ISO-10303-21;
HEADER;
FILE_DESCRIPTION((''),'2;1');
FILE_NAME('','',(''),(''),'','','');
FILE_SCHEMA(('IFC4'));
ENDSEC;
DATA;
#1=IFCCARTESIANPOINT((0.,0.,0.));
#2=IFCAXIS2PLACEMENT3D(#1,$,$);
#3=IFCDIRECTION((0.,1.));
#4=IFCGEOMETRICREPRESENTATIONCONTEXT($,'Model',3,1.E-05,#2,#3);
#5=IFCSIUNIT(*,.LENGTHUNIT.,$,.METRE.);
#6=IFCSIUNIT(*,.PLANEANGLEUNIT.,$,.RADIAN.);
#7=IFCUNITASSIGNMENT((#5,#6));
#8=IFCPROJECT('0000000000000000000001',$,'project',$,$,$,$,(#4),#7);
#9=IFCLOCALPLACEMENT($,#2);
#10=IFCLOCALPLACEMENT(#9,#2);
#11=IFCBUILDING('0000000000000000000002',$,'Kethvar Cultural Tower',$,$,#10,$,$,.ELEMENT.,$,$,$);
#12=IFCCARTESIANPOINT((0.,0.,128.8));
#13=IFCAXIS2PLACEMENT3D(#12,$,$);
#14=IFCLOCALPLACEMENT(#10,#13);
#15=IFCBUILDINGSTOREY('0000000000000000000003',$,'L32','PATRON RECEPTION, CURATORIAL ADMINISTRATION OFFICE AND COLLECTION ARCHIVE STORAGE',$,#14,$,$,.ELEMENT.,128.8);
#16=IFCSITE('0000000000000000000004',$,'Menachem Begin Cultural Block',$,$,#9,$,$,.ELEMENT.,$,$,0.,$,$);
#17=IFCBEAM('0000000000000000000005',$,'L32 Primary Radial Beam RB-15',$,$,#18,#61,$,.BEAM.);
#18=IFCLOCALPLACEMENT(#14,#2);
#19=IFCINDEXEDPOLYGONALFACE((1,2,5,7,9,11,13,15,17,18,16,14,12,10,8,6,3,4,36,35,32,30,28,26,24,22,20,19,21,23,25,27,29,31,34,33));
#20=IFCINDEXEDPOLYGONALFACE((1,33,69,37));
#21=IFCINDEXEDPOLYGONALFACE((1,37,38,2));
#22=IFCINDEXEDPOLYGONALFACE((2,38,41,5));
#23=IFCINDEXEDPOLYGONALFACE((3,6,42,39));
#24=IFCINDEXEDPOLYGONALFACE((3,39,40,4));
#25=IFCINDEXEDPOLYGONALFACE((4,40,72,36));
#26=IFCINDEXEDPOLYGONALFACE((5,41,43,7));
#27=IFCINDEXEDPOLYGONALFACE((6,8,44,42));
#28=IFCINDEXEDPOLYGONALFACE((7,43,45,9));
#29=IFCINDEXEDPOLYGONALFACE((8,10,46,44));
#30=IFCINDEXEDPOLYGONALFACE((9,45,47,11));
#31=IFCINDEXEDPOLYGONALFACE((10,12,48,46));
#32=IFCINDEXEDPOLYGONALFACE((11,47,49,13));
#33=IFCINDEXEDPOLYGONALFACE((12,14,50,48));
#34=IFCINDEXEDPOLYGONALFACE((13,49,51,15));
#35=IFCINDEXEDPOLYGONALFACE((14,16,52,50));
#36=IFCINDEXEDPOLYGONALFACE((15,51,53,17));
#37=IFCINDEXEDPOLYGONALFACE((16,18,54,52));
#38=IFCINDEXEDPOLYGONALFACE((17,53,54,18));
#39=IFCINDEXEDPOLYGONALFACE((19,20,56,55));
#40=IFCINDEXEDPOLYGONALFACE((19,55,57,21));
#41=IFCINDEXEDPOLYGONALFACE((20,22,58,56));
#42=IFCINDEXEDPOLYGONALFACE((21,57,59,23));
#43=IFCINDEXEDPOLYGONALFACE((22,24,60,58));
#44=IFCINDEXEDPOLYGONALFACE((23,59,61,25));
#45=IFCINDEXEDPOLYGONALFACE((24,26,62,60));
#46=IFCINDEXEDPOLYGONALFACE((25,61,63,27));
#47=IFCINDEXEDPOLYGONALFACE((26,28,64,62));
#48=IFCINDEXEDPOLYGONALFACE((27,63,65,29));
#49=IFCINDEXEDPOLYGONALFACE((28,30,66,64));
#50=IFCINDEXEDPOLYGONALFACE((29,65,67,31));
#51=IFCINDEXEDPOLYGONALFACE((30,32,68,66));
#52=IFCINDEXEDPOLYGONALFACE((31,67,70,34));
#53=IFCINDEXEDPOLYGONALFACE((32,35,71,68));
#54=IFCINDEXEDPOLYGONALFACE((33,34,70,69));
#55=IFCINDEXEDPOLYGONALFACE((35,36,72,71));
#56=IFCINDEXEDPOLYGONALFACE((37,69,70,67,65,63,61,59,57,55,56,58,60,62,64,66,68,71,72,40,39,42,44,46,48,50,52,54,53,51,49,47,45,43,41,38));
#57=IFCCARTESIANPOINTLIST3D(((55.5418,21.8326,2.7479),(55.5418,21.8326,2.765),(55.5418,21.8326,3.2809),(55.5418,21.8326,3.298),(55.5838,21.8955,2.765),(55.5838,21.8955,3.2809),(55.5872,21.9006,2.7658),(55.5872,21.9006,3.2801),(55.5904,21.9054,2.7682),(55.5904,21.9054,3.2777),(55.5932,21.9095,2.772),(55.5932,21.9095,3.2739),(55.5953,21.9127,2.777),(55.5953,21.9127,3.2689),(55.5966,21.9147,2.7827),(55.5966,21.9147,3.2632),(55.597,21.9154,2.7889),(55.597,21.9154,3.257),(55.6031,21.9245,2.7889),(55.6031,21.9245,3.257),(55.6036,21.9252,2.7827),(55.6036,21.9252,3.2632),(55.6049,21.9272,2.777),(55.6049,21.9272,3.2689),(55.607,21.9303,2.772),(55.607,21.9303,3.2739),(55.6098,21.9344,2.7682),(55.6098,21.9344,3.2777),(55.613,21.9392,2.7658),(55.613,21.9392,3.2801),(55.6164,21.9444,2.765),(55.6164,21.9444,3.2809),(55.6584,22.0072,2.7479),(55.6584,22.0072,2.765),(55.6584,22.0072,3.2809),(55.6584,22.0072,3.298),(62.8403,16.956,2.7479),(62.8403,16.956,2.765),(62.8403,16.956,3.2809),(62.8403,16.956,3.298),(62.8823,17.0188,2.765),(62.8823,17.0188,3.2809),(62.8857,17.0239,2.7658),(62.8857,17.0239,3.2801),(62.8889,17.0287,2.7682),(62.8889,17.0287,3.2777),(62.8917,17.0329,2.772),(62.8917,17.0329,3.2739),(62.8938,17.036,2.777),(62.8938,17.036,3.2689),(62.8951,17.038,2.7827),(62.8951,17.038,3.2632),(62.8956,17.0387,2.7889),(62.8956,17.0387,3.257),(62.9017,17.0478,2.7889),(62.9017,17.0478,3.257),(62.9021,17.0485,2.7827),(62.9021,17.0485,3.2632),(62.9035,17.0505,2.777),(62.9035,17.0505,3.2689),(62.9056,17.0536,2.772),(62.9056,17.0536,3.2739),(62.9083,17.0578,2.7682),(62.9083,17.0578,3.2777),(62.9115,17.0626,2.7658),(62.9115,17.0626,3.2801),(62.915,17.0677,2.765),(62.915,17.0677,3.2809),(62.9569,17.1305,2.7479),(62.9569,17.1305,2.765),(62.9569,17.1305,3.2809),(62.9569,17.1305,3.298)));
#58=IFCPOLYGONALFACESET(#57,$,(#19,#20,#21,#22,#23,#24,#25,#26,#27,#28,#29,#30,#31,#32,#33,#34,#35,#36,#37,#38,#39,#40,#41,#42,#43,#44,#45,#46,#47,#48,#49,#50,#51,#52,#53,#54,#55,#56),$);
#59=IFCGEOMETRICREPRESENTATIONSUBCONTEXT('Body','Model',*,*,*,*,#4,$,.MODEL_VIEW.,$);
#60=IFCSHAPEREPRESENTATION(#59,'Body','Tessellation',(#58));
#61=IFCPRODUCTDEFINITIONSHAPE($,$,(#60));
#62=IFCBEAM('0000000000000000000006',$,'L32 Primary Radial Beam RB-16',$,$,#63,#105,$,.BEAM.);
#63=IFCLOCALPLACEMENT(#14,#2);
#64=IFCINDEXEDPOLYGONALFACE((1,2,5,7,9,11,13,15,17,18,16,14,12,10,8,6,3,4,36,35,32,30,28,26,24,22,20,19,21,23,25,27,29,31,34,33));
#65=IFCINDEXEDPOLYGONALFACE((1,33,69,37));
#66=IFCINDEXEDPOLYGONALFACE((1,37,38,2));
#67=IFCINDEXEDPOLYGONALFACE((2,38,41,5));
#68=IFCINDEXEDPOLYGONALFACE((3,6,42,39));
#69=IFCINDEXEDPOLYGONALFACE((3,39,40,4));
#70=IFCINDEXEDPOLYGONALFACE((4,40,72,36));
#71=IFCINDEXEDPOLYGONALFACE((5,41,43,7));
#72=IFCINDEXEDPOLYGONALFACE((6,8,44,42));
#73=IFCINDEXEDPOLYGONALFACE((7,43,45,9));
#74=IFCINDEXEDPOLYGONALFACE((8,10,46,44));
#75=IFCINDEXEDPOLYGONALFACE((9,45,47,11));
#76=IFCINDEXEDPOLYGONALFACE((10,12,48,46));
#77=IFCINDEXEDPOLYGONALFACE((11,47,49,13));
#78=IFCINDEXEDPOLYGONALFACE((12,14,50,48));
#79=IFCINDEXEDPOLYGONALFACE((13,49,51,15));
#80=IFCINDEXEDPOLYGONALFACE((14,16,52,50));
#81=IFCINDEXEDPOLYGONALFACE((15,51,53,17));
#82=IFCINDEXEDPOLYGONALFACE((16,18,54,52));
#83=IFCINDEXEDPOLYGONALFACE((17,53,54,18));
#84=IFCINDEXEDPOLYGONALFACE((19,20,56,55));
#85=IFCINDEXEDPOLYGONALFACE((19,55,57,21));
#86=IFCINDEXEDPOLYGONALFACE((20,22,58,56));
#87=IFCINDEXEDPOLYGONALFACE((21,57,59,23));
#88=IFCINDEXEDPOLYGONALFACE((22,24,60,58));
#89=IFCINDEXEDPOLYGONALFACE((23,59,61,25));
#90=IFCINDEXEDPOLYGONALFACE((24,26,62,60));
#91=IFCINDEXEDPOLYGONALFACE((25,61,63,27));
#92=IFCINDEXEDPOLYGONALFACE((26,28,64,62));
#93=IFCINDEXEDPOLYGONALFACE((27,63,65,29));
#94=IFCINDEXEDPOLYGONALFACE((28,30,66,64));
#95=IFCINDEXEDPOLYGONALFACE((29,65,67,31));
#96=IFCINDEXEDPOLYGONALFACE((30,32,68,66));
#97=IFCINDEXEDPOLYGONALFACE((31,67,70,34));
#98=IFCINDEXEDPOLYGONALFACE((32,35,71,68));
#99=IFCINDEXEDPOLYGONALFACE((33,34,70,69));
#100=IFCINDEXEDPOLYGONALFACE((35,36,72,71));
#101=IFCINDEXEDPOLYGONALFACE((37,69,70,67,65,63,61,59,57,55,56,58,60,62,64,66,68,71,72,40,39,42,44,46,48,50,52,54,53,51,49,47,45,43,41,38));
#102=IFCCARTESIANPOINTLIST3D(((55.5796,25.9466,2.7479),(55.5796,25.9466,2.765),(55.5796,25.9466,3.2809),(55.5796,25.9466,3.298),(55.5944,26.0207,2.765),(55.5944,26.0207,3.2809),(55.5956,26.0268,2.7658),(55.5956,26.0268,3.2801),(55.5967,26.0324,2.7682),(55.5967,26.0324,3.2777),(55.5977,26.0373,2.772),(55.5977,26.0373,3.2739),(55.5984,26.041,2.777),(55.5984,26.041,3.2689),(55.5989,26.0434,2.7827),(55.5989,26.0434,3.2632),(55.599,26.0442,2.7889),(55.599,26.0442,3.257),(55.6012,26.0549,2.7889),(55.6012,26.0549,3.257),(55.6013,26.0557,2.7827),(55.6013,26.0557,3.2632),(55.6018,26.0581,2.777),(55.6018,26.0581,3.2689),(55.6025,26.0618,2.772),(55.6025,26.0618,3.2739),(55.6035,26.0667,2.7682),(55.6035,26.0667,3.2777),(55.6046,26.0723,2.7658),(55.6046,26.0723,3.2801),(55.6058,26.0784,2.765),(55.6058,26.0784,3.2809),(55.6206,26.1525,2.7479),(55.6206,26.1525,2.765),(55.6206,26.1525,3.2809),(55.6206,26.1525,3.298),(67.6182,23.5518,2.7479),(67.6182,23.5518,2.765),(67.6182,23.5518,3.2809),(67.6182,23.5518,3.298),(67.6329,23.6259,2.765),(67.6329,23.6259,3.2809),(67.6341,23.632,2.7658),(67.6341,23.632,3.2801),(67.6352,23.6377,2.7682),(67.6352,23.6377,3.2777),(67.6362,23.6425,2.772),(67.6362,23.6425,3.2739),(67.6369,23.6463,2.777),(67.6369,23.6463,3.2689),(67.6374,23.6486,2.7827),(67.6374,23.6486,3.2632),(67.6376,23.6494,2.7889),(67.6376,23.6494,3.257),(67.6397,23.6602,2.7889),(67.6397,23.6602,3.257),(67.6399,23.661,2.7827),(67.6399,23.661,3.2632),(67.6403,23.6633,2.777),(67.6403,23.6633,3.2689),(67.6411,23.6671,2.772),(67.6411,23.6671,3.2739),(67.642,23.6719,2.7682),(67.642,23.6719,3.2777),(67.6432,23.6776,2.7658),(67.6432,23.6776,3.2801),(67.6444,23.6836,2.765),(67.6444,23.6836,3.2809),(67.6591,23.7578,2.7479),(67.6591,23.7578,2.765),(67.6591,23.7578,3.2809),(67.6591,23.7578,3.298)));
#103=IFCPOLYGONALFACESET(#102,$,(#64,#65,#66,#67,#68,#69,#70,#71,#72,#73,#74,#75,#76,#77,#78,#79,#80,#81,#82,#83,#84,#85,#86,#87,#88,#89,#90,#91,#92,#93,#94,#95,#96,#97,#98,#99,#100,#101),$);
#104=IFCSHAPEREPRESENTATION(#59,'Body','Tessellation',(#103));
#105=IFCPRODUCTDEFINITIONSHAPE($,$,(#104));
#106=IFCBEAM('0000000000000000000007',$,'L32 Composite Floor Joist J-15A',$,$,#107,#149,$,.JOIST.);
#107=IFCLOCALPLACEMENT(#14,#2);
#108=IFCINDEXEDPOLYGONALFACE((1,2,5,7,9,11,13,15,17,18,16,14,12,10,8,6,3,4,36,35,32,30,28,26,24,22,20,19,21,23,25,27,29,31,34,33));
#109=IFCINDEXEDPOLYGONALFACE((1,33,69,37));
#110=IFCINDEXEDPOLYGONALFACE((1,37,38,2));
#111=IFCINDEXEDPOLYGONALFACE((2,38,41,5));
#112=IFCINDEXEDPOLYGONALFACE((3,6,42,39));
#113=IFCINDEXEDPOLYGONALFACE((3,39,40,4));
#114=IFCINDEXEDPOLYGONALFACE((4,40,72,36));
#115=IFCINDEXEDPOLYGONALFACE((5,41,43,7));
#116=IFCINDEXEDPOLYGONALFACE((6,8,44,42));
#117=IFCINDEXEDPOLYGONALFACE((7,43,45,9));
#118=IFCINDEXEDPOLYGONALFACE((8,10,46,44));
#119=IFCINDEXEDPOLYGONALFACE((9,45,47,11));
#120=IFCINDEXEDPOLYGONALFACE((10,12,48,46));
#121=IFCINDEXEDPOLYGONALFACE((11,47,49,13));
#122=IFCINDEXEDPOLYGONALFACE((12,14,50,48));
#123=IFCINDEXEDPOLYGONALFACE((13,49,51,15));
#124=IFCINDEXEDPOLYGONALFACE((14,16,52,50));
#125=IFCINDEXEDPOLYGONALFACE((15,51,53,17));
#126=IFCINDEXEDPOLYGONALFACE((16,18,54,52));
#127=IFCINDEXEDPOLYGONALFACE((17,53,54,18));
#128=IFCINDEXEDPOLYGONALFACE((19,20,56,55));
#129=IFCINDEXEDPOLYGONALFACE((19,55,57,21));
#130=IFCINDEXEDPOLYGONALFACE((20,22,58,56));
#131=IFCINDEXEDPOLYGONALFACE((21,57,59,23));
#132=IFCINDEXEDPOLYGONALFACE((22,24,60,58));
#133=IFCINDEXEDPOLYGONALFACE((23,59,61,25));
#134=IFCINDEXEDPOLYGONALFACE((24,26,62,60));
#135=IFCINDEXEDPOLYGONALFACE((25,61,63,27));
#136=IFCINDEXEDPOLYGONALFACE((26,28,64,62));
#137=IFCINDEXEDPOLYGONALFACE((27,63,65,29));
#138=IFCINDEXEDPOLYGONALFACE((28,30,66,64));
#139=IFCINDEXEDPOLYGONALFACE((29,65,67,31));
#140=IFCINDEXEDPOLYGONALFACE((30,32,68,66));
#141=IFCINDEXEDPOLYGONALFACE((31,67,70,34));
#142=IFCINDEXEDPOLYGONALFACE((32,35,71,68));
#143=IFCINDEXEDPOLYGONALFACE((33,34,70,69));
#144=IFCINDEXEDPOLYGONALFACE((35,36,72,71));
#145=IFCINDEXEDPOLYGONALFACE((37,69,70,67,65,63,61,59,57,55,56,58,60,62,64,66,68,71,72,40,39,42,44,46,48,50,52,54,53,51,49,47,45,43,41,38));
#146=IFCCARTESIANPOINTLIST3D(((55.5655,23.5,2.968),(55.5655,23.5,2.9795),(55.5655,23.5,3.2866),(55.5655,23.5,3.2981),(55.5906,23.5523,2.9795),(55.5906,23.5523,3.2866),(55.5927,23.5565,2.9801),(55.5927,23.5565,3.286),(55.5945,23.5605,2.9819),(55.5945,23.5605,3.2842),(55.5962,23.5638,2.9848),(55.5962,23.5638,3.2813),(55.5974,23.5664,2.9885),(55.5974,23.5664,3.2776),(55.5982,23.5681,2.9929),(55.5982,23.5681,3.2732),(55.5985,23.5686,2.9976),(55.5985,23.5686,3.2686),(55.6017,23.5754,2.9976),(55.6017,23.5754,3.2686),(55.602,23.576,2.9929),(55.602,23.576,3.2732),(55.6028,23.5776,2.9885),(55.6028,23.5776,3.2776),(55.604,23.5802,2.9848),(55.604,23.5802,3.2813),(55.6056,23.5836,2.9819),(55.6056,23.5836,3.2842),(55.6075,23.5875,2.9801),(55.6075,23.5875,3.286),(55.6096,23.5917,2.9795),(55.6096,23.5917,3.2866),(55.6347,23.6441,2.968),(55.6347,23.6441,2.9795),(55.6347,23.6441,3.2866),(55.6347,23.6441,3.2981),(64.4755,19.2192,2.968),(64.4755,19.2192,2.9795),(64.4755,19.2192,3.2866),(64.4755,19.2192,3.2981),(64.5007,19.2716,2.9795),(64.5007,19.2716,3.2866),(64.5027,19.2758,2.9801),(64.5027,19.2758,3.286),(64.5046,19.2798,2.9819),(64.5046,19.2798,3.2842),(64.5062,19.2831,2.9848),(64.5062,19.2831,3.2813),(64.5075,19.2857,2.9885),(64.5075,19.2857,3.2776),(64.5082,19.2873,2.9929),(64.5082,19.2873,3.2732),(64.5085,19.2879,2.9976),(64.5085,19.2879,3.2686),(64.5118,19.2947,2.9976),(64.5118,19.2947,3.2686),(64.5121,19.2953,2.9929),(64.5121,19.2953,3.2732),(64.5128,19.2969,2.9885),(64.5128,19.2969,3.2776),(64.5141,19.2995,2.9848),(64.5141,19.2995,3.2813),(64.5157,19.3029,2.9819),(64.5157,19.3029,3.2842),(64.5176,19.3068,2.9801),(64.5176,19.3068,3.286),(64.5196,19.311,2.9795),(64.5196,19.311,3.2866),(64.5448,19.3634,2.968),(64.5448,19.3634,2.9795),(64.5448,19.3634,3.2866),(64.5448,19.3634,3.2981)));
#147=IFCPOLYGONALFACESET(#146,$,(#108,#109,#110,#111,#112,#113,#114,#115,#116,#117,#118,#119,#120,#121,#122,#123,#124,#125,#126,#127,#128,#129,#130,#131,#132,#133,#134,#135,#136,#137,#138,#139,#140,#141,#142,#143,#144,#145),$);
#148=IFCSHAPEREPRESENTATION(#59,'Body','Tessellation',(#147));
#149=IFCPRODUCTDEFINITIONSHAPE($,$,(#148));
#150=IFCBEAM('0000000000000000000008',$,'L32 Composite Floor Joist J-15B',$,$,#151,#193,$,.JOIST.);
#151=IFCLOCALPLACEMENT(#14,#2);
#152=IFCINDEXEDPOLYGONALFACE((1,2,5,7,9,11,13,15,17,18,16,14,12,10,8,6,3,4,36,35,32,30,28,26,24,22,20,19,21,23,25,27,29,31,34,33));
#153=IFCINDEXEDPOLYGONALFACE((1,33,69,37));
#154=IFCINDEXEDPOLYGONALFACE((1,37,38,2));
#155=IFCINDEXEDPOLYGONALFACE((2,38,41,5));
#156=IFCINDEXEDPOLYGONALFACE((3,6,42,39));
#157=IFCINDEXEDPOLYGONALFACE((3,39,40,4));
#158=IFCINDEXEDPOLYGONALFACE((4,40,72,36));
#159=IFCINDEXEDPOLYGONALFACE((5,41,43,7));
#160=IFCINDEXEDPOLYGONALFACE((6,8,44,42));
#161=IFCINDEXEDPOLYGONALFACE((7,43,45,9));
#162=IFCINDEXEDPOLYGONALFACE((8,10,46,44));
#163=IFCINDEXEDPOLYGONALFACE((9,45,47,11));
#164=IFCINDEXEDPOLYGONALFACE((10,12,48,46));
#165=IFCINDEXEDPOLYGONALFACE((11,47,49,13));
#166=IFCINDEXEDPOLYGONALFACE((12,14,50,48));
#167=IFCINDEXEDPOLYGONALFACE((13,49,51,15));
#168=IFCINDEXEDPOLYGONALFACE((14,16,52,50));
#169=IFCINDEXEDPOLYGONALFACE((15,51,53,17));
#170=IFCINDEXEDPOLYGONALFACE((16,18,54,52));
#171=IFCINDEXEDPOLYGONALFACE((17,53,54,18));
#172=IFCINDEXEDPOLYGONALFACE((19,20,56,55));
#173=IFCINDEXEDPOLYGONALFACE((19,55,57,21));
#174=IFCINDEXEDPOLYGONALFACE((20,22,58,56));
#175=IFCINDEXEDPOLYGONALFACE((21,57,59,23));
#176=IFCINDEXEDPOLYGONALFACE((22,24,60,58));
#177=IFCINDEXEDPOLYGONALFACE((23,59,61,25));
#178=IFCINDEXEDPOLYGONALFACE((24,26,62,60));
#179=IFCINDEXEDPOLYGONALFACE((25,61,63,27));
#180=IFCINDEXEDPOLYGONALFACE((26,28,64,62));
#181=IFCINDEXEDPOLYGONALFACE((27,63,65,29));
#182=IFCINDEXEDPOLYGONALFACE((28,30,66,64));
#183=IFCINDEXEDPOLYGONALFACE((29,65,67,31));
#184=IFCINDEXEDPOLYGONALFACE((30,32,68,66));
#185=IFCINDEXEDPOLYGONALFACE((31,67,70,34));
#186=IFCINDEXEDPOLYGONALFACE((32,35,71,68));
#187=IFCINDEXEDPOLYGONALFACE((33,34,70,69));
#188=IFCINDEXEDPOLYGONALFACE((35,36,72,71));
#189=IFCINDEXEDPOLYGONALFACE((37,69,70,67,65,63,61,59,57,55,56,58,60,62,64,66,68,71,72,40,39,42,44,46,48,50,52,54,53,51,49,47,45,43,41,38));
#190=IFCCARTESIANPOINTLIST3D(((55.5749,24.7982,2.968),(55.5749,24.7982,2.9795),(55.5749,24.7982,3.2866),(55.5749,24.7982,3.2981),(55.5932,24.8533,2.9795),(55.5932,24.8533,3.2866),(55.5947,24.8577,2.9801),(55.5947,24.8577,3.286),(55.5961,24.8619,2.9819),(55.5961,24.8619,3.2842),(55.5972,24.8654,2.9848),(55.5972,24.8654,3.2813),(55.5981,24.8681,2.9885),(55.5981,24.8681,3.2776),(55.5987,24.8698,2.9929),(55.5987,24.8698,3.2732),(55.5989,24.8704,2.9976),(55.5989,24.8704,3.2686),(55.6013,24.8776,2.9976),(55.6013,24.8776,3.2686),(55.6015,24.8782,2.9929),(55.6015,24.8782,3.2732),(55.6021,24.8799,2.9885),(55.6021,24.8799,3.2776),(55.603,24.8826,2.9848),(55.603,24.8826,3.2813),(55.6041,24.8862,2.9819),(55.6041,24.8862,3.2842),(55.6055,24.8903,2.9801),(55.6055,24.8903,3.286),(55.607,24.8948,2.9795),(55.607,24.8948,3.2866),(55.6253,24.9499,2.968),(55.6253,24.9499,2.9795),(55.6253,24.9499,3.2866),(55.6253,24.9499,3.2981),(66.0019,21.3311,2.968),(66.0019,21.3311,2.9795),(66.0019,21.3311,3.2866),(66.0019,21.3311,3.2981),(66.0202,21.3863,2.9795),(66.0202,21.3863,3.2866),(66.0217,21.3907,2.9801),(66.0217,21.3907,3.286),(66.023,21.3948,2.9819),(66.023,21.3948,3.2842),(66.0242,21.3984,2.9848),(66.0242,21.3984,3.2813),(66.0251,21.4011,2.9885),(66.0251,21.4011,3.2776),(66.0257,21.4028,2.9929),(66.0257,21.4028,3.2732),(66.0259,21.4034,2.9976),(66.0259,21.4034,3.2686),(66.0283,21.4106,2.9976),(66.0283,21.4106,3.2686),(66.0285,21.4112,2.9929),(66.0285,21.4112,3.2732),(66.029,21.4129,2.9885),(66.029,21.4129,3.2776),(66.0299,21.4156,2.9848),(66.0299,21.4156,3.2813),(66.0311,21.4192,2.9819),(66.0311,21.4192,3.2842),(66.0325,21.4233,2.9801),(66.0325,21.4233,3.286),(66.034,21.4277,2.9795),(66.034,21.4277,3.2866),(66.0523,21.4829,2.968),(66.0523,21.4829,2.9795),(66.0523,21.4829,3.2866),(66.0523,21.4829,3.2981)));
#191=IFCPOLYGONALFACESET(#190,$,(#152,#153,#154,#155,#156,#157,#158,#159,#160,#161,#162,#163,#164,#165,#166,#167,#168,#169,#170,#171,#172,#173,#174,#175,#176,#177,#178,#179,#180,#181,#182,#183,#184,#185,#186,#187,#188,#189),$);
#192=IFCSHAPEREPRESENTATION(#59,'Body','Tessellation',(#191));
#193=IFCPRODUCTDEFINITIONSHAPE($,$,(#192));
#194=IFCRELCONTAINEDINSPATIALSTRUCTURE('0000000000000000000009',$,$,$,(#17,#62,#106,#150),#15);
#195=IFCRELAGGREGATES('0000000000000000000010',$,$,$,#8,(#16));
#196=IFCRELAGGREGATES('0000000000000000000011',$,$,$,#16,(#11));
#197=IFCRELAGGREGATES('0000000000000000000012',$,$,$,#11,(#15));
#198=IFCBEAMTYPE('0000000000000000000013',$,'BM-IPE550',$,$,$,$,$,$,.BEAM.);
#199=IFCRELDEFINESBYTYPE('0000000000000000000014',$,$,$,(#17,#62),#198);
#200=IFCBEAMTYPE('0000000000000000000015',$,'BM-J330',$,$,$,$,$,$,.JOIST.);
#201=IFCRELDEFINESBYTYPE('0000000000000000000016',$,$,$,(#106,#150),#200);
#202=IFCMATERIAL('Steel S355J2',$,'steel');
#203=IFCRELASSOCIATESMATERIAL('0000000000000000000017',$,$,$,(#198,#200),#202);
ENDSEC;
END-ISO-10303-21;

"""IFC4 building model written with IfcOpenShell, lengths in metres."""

from ifc_helpers import new_model, si_unit, direction, frame, origin, origin_2d, place, context, subcontext, project, spatial, i_section, extrude, source, transform, mapped, material, material_profile, profile_set, type_object, element, save


model = new_model("IFC4")

# Units and contexts
model_context = context("Model", 3, precision=1e-05, world=origin(), true_north=direction((0.0, 1.0)))
body_context = subcontext(model_context, "Body", "Model", "MODEL_VIEW")
ifc_project = project(units=[si_unit("LENGTHUNIT", "METRE"), si_unit("PLANEANGLEUNIT", "RADIAN")], contexts=[model_context])

# Site, building, storey
site_placement = place(None, origin())
site = spatial("IfcSite", under=ifc_project, at=site_placement, Name="Menachem Begin Cultural Block", CompositionType="ELEMENT", RefElevation=0.0)
building_placement = place(site_placement, origin())
building = spatial("IfcBuilding", under=site, at=building_placement, Name="Kethvar Cultural Tower", CompositionType="ELEMENT")
storey_placement = place(building_placement, frame((0.0, 0.0, 128.8)))
storey = spatial("IfcBuildingStorey", under=building, at=storey_placement, Name="L32", Description="PATRON RECEPTION, CURATORIAL ADMINISTRATION OFFICE AND COLLECTION ARCHIVE STORAGE", CompositionType="ELEMENT", Elevation=128.8)

# Beams
ifc_material_1 = material(Name="Steel S355J2", Category="steel")
ifc_material_profile_1 = material_profile(ifc_material_1, i_section(OverallWidth=0.21, OverallDepth=0.55, WebThickness=0.011, FlangeThickness=0.0171, FilletRadius=0.0239, at=origin_2d()), Name="Steel S355J2 — IPE550")
ifc_profile_set_1 = profile_set([ifc_material_profile_1], Name="Steel S355J2 — IPE550")
beam_type_1 = type_object("IfcBeamType", Name="BM-IPE550", PredefinedType="BEAM", material=ifc_profile_set_1)
shared_shape_1 = source(origin(), body_context, "Body", "SweptSolid", [
    extrude(i_section(OverallWidth=0.21, OverallDepth=0.55, WebThickness=0.011, FlangeThickness=0.0171, FilletRadius=0.0239, at=origin_2d()), origin(), (0.0, 0.0, 1.0), 8.7778),
])
beam_1_placement = place(storey_placement, frame((55.6001, 21.9199, 3.0229), z_axis=(0.831472, -0.555566, 0.0), x_axis=(0.555566, 0.831472, 0.0)))
element("IfcBeam", 1, at=beam_1_placement, inside=storey, type_object=beam_type_1, Name="L32 Primary Radial Beam RB-15", PredefinedType="BEAM", context=body_context, shape_type="MappedRepresentation", body=[
    mapped(shared_shape_1, transform((0.0, 0.0, 0.0), scale=1.0)),
])
shared_shape_2 = source(origin(), body_context, "Body", "SweptSolid", [
    extrude(i_section(OverallWidth=0.21, OverallDepth=0.55, WebThickness=0.011, FlangeThickness=0.0171, FilletRadius=0.0239, at=origin_2d()), origin(), (0.0, 0.0, 1.0), 12.2744),
])
beam_2_placement = place(storey_placement, frame((55.6001, 26.0496, 3.0229), z_axis=(0.980783, -0.195102, 0.0), x_axis=(0.195102, 0.980783, 0.0)))
element("IfcBeam", 2, at=beam_2_placement, inside=storey, type_object=beam_type_1, Name="L32 Primary Radial Beam RB-16", PredefinedType="BEAM", context=body_context, shape_type="MappedRepresentation", body=[
    mapped(shared_shape_2, transform((0.0, 0.0, 0.0), scale=1.0)),
])
ifc_material_profile_2 = material_profile(ifc_material_1, i_section(OverallWidth=0.1599, OverallDepth=0.3301, WebThickness=0.0076, FlangeThickness=0.0115, FilletRadius=0.0181, at=origin_2d()), Name="Steel S355J2 — IPE330")
ifc_profile_set_2 = profile_set([ifc_material_profile_2], Name="Steel S355J2 — IPE330")
beam_type_2 = type_object("IfcBeamType", Name="BM-J330", PredefinedType="JOIST", material=ifc_profile_set_2)
shared_shape_3 = source(origin(), body_context, "Body", "SweptSolid", [
    extrude(i_section(OverallWidth=0.1599, OverallDepth=0.3301, WebThickness=0.0076, FlangeThickness=0.0115, FilletRadius=0.0181, at=origin_2d()), origin(), (0.0, 0.0, 1.0), 9.885),
])
beam_3_placement = place(storey_placement, frame((55.6001, 23.572, 3.1331), z_axis=(0.90137, -0.433051, 0.0), x_axis=(0.433051, 0.90137, 0.0)))
element("IfcBeam", 3, at=beam_3_placement, inside=storey, type_object=beam_type_2, Name="L32 Composite Floor Joist J-15A", PredefinedType="JOIST", context=body_context, shape_type="MappedRepresentation", body=[
    mapped(shared_shape_3, transform((0.0, 0.0, 0.0), scale=1.0)),
])
shared_shape_4 = source(origin(), body_context, "Body", "SweptSolid", [
    extrude(i_section(OverallWidth=0.1599, OverallDepth=0.3301, WebThickness=0.0076, FlangeThickness=0.0115, FilletRadius=0.0181, at=origin_2d()), origin(), (0.0, 0.0, 1.0), 10.9883),
])
beam_4_placement = place(storey_placement, frame((55.6001, 24.874, 3.1331), z_axis=(0.948919, -0.315521, 0.0), x_axis=(0.315521, 0.948919, 0.0)))
element("IfcBeam", 4, at=beam_4_placement, inside=storey, type_object=beam_type_2, Name="L32 Composite Floor Joist J-15B", PredefinedType="JOIST", context=body_context, shape_type="MappedRepresentation", body=[
    mapped(shared_shape_4, transform((0.0, 0.0, 0.0), scale=1.0)),
])

save(model, "model.ifc")
